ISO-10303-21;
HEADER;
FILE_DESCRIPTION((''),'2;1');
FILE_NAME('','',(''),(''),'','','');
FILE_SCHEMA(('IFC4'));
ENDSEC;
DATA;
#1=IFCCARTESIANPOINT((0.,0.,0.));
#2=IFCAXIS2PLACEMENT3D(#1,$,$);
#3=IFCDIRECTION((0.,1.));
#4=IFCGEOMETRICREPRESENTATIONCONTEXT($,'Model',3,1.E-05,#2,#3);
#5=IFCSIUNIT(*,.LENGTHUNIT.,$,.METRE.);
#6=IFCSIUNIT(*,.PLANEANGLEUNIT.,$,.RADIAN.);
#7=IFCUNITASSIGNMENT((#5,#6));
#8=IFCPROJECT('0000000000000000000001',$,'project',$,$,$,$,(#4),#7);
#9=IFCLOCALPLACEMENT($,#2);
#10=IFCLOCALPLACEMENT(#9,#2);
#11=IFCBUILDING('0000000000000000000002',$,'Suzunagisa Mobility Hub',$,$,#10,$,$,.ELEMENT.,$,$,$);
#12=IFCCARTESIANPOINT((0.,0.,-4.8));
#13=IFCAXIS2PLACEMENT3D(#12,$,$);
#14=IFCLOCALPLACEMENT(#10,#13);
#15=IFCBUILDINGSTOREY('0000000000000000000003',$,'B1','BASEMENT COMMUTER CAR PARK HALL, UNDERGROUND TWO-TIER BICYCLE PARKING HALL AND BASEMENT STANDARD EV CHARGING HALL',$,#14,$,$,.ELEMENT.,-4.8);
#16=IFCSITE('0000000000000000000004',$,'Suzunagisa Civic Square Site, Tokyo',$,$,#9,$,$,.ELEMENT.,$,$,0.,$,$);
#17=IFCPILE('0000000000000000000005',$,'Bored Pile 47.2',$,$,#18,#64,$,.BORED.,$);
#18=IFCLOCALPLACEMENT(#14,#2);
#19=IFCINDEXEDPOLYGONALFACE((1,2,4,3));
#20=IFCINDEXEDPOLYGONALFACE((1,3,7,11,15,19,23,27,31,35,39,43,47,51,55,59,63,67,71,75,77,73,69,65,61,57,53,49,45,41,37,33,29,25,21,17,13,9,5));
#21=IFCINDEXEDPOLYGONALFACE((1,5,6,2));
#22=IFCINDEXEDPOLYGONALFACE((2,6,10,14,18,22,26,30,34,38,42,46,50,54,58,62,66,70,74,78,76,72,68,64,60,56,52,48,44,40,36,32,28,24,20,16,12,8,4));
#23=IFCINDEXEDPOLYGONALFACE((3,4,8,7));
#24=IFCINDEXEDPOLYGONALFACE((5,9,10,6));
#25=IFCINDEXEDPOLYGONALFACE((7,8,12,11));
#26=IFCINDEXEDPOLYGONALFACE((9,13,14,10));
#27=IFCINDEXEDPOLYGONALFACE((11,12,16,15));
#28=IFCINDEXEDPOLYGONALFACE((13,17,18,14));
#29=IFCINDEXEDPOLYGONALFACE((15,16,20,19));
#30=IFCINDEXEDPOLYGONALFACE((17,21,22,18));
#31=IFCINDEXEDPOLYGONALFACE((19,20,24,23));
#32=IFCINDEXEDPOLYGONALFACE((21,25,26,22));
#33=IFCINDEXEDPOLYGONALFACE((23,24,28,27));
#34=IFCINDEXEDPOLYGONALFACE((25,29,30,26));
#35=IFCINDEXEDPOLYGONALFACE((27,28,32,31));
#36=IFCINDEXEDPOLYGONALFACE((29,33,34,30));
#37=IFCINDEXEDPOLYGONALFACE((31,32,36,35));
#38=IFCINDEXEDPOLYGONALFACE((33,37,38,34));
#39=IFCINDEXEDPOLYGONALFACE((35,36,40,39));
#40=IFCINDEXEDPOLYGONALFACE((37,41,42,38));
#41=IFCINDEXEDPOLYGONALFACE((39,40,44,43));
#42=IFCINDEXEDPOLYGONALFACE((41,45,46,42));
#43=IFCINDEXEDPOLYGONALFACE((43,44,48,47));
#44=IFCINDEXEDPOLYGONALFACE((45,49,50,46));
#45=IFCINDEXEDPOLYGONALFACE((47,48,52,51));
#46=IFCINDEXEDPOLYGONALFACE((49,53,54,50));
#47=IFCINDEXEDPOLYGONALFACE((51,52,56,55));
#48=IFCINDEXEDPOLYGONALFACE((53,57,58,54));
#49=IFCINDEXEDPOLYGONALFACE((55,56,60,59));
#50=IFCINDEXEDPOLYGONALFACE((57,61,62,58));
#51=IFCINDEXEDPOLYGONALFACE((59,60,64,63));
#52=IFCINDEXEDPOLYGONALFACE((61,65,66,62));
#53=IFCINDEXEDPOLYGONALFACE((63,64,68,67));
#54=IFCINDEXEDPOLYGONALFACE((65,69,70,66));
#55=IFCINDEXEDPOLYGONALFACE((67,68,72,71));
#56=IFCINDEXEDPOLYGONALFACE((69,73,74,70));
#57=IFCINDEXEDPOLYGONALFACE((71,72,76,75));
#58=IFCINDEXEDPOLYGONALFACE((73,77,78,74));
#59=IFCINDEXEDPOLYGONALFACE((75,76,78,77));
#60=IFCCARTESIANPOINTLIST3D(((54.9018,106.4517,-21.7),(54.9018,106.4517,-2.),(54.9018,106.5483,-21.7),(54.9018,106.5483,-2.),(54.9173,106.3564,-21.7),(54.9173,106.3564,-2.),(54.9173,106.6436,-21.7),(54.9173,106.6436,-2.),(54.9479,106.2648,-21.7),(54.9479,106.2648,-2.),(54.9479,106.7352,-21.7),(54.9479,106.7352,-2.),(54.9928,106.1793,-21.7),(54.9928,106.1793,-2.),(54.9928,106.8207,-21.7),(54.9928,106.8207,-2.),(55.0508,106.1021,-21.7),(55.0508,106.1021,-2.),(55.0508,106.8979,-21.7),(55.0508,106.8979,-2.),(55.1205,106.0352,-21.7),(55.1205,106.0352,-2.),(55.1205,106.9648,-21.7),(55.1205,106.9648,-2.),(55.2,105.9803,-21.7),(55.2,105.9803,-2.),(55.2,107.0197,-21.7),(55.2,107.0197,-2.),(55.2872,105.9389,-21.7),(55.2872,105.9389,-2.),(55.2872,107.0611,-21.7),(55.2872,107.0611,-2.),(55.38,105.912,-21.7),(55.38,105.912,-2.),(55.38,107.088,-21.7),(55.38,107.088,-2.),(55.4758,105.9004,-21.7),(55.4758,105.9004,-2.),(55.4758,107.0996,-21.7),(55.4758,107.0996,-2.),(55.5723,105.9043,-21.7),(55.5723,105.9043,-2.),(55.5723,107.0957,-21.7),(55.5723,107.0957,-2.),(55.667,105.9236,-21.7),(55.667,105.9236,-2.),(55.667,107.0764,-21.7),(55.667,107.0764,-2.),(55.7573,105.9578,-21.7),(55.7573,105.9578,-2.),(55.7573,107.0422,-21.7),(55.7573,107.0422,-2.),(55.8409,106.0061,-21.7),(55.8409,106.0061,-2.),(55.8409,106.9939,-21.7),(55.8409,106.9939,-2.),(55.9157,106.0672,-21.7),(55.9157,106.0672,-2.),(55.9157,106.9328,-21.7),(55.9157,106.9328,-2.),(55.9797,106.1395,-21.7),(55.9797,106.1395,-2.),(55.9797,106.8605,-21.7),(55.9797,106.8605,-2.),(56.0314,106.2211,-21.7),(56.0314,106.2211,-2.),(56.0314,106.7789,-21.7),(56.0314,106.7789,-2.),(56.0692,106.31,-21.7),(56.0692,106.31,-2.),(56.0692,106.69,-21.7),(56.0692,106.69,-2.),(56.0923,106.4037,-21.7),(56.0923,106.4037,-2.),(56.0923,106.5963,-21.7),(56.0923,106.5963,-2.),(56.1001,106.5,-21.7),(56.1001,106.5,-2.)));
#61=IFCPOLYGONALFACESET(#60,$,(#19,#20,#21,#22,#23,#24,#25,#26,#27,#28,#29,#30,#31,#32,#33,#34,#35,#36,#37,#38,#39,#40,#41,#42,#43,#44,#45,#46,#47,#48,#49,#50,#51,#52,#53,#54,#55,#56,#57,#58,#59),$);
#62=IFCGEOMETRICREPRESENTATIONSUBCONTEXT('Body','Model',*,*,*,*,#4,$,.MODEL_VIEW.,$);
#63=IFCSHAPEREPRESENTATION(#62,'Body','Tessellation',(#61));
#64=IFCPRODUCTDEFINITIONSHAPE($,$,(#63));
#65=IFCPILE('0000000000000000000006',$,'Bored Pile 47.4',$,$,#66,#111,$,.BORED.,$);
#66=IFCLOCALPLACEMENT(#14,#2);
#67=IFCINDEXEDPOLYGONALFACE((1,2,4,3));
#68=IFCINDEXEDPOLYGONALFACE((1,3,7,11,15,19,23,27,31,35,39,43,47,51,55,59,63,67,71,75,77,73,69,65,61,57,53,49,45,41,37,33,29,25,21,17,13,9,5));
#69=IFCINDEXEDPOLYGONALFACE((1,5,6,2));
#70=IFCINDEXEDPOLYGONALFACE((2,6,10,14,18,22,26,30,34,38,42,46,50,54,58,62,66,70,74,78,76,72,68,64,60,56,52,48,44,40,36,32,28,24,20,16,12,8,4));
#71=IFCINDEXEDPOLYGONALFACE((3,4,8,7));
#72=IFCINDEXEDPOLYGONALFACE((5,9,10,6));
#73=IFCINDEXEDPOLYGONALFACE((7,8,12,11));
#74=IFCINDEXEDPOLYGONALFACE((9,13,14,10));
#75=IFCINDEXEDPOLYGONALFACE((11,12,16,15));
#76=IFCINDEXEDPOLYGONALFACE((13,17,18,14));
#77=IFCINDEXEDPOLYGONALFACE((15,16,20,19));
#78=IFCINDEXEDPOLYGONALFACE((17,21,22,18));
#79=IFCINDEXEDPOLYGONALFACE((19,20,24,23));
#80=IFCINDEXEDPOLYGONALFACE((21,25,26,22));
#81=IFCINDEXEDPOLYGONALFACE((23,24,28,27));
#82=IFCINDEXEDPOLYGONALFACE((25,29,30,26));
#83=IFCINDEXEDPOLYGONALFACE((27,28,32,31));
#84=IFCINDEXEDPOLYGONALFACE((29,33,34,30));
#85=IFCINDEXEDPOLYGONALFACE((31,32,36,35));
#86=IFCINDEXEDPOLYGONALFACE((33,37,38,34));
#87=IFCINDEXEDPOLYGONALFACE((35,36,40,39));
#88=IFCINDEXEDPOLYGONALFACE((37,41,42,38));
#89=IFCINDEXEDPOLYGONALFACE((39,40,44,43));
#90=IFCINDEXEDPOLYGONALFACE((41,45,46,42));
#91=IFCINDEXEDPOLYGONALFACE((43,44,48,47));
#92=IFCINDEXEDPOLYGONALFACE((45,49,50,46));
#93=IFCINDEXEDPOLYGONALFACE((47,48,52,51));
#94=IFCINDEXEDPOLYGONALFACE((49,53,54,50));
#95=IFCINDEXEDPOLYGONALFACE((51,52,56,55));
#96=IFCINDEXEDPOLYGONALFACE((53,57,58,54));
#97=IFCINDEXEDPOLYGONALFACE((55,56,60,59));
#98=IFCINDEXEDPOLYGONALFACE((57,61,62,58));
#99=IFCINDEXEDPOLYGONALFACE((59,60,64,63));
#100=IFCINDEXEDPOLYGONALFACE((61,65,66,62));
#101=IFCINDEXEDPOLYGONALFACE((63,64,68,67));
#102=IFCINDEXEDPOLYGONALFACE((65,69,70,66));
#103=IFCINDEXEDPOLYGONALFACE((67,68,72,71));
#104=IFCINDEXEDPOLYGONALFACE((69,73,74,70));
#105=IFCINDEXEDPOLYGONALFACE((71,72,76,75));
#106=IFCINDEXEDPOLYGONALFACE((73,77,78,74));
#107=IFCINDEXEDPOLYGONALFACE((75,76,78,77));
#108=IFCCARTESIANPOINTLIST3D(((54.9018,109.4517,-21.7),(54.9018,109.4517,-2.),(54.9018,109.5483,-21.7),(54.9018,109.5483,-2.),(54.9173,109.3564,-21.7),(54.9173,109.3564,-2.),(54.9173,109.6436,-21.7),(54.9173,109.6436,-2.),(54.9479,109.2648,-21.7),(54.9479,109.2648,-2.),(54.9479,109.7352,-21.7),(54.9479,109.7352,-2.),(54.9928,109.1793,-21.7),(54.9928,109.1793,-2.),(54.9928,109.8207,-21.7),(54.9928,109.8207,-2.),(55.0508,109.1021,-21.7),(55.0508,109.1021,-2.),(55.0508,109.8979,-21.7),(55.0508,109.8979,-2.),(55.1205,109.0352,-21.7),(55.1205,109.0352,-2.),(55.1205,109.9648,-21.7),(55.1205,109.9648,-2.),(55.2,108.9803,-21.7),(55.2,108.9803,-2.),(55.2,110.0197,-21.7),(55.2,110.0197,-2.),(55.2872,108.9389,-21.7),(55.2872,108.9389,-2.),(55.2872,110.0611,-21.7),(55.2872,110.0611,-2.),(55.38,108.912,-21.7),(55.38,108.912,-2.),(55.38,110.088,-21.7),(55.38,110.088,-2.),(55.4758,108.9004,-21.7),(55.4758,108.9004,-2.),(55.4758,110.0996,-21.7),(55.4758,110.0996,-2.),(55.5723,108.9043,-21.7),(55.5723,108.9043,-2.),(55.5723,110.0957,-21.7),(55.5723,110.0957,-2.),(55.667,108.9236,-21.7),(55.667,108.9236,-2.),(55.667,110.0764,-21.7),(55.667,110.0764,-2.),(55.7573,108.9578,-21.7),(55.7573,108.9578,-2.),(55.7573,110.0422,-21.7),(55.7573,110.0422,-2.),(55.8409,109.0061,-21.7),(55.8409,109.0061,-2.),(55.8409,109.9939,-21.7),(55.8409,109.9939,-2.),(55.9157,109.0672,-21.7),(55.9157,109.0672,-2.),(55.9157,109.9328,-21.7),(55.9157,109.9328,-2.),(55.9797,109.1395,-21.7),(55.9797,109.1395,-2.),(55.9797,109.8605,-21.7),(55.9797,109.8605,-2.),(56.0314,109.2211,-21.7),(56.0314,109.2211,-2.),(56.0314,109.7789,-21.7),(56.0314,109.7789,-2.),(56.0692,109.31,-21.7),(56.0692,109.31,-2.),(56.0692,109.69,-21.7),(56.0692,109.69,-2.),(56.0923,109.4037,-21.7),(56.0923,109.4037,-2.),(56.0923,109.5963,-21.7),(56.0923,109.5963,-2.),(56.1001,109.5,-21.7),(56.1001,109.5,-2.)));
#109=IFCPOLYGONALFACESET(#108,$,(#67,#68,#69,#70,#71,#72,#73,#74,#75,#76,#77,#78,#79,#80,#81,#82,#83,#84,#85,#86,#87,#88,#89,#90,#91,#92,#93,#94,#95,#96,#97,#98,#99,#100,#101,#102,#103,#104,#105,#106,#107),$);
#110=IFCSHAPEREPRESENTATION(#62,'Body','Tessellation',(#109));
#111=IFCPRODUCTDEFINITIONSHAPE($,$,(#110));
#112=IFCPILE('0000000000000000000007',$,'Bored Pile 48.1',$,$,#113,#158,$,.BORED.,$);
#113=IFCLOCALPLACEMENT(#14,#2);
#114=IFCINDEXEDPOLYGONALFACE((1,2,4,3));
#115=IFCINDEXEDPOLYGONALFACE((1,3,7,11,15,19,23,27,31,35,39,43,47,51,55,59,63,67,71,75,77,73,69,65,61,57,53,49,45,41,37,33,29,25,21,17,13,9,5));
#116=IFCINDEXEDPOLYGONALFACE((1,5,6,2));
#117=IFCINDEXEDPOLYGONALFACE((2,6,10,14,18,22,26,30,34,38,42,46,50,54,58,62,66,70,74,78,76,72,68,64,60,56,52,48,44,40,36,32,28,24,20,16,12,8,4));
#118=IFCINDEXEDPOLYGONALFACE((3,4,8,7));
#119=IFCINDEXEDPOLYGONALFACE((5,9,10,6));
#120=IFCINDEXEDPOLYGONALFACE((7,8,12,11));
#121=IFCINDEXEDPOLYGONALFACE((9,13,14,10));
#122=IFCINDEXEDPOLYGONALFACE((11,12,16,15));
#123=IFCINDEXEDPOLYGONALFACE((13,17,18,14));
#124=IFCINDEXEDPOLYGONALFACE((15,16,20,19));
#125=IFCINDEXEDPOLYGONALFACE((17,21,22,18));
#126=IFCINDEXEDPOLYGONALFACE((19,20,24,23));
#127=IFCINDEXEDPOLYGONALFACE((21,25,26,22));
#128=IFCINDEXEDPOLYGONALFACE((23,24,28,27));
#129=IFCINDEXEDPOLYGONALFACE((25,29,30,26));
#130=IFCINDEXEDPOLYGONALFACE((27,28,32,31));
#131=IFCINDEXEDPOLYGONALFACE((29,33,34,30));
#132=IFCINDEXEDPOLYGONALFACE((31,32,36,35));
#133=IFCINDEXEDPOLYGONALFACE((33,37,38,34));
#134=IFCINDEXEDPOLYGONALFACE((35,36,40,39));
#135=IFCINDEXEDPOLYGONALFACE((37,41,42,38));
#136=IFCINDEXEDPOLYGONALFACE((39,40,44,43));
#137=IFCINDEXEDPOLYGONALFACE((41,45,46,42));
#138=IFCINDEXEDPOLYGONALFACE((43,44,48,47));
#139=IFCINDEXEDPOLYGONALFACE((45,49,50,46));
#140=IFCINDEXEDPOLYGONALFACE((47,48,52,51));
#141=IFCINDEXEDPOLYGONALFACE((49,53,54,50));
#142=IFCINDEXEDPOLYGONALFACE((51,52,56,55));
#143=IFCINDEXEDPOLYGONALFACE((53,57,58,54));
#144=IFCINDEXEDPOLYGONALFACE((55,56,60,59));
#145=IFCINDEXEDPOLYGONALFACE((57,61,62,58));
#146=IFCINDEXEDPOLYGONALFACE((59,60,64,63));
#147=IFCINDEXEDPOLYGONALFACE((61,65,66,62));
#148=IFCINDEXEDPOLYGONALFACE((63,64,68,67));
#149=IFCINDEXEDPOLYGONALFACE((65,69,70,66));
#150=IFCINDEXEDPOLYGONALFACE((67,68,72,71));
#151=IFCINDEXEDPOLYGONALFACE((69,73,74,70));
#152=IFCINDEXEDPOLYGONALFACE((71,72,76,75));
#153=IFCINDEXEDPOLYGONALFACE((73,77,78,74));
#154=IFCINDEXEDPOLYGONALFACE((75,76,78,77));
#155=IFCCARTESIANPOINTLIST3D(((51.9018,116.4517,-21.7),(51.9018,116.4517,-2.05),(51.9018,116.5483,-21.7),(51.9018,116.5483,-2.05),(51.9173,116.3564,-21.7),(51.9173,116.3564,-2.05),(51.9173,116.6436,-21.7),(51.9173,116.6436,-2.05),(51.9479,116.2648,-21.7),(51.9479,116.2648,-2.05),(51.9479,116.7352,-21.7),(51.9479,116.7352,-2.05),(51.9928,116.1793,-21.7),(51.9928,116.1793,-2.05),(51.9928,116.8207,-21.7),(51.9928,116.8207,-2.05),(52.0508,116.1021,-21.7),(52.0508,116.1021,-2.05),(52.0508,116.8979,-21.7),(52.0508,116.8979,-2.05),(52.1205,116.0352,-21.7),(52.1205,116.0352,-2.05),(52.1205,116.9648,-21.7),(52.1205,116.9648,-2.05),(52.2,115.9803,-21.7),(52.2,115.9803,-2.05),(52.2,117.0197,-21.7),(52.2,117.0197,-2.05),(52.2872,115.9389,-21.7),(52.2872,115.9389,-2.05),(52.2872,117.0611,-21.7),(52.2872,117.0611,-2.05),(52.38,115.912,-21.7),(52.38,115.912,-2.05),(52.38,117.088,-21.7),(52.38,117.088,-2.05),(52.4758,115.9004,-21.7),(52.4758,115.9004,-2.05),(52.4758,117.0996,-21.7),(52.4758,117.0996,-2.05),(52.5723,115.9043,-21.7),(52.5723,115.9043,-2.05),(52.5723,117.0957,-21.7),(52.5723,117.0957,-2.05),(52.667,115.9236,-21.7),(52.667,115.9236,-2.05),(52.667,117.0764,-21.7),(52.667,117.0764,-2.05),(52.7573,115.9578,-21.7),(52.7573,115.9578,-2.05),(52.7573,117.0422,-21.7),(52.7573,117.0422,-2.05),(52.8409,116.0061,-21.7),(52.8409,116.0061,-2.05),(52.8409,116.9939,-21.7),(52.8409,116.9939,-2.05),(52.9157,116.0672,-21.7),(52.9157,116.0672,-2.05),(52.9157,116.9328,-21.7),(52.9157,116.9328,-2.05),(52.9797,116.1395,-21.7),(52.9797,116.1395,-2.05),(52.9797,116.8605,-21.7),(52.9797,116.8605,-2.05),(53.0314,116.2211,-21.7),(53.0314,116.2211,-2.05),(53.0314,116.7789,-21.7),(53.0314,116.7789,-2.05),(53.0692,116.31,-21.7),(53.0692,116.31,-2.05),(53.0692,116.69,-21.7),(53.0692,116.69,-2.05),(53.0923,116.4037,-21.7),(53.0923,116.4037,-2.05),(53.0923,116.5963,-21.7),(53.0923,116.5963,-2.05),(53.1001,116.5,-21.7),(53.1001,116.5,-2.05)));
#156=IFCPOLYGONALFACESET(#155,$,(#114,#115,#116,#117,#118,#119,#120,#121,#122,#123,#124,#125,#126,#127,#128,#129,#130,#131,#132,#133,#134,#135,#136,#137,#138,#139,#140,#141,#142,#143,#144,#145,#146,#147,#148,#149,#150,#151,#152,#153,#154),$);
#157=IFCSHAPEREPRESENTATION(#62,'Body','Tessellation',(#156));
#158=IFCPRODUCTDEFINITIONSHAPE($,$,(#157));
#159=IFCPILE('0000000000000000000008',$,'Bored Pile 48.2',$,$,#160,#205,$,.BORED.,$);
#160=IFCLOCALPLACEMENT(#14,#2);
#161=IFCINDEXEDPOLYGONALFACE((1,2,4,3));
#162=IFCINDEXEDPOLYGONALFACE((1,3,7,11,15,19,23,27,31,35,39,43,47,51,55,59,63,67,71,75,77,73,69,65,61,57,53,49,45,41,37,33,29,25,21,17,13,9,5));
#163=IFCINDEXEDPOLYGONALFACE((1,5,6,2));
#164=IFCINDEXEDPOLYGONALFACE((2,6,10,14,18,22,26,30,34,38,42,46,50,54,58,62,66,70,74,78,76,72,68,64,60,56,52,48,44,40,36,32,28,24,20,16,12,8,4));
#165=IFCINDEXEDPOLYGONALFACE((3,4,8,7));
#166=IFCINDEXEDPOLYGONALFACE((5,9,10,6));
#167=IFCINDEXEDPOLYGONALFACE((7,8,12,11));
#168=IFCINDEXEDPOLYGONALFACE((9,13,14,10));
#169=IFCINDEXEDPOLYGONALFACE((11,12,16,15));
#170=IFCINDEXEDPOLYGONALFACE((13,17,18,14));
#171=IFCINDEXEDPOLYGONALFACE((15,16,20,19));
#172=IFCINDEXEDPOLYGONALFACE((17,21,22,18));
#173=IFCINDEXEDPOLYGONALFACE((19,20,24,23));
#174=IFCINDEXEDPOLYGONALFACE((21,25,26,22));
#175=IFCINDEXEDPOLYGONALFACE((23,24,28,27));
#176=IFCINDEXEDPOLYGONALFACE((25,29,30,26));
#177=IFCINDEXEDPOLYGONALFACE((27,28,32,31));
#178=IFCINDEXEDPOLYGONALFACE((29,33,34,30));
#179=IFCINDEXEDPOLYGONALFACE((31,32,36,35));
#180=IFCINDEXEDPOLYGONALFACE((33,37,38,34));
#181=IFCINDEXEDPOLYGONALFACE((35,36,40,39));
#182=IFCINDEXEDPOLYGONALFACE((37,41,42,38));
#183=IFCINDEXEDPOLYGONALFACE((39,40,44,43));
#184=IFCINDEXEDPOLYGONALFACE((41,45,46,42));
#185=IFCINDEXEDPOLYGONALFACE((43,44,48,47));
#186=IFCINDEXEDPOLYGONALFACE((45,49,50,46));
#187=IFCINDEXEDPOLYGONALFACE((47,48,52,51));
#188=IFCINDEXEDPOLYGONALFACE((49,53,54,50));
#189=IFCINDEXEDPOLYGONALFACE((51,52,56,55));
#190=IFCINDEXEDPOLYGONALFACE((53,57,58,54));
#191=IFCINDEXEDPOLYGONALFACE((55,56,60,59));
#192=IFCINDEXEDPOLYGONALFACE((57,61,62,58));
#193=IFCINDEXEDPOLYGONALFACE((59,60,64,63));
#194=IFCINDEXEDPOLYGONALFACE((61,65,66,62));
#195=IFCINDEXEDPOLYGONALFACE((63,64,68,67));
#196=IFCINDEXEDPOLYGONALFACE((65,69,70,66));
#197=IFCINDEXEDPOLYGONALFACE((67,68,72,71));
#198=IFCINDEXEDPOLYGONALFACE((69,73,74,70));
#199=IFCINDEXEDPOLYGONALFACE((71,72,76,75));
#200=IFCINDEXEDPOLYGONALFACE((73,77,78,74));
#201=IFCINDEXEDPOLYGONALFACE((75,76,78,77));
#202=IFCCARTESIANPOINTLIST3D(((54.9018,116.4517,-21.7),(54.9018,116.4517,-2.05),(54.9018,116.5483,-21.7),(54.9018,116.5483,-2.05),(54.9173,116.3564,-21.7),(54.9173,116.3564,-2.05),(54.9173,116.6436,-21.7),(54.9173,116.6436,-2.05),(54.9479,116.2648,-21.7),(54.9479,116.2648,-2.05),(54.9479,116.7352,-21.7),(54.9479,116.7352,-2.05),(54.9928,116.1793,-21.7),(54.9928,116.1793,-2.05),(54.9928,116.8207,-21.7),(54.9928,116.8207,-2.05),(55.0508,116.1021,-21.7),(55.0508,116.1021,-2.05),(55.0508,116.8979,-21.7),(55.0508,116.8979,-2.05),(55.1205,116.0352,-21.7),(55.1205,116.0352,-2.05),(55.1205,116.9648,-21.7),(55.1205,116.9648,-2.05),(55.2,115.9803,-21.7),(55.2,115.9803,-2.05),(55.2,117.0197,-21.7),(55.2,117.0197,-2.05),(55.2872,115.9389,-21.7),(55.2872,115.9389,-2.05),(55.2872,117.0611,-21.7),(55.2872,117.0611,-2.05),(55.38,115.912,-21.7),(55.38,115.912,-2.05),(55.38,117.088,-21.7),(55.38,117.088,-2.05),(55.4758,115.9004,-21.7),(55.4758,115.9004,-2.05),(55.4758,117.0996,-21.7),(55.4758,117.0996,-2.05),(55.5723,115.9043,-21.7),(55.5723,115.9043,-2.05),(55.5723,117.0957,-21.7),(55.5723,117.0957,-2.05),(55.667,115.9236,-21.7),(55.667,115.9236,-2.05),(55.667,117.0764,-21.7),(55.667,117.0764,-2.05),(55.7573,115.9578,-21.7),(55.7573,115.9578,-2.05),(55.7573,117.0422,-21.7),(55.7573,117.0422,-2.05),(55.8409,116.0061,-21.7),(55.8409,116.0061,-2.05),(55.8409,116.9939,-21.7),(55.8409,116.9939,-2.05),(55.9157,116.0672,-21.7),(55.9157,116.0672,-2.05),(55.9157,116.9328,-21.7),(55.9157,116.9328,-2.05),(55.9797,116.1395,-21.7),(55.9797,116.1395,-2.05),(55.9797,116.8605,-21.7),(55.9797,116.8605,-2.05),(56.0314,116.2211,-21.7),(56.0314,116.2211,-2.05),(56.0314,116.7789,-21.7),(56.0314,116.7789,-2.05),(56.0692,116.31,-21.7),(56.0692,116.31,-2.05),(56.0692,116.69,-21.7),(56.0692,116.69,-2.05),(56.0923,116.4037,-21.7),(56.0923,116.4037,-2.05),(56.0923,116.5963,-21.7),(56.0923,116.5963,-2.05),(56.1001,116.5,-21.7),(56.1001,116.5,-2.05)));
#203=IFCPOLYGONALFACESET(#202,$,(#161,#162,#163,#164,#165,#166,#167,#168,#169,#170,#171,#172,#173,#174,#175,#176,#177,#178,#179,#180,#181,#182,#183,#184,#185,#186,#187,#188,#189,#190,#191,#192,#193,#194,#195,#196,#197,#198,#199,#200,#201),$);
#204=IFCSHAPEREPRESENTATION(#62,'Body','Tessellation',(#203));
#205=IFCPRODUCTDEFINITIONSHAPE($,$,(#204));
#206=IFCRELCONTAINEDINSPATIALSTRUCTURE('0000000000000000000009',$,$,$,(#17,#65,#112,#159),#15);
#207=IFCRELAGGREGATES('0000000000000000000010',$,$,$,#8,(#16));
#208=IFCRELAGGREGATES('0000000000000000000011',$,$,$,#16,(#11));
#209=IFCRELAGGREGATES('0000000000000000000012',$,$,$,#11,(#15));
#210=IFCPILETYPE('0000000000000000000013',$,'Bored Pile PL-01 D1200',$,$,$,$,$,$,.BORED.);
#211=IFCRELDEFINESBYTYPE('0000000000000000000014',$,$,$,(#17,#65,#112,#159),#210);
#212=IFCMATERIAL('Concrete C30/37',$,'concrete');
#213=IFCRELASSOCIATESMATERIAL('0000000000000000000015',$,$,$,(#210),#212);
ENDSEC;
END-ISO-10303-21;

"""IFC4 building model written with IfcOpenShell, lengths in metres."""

from ifc_helpers import new_model, si_unit, direction, frame, origin, origin_2d, place, context, subcontext, project, spatial, circle, extrude, material, material_profile, profile_set, type_object, element, save


model = new_model("IFC4")

# Units and contexts
model_context = context("Model", 3, precision=1e-05, world=origin(), true_north=direction((0.0, 1.0)))
body_context = subcontext(model_context, "Body", "Model", "MODEL_VIEW")
ifc_project = project(units=[si_unit("LENGTHUNIT", "METRE"), si_unit("PLANEANGLEUNIT", "RADIAN")], contexts=[model_context])

# Site, building, storey
site_placement = place(None, origin())
site = spatial("IfcSite", under=ifc_project, at=site_placement, Name="Suzunagisa Civic Square Site, Tokyo", CompositionType="ELEMENT", RefElevation=0.0)
building_placement = place(site_placement, origin())
building = spatial("IfcBuilding", under=site, at=building_placement, Name="Suzunagisa Mobility Hub", CompositionType="ELEMENT")
storey_placement = place(building_placement, frame((0.0, 0.0, -4.8)))
storey = spatial("IfcBuildingStorey", under=building, at=storey_placement, Name="B1", Description="BASEMENT COMMUTER CAR PARK HALL, UNDERGROUND TWO-TIER BICYCLE PARKING HALL AND BASEMENT STANDARD EV CHARGING HALL", CompositionType="ELEMENT", Elevation=-4.8)

# Piles
ifc_material_1 = material(Name="Concrete C30/37", Category="concrete")
ifc_material_profile_1 = material_profile(ifc_material_1, circle(Radius=0.6001, at=origin_2d()), Name="BORED PILE D1200")
ifc_profile_set_1 = profile_set([ifc_material_profile_1], Name="Concrete C30/37")
pile_type = type_object("IfcPileType", Name="Bored Pile PL-01 D1200", PredefinedType="BORED", material=ifc_profile_set_1)
for number, where, z_axis, x_axis, name in (
    (1, (55.5, 106.5, -2.0), (0.0, 0.0, -1.0), (1.0, 0.0, 0.0), "Bored Pile 47.2"),
    (2, (55.5, 109.5, -2.0), (0.0, 0.0, -1.0), (1.0, 0.0, 0.0), "Bored Pile 47.4"),
):
    element("IfcPile", number, at=place(storey_placement, frame(where, z_axis=z_axis, x_axis=x_axis)), inside=storey, type_object=pile_type, Name=name, PredefinedType="BORED", context=body_context, shape_type="SweptSolid", body=[
        extrude(circle(Radius=0.6001, at=origin_2d()), origin(), (0.0, 0.0, 1.0), 19.7),
    ])
for number, where, z_axis, x_axis, name in (
    (3, (52.5, 116.5, -2.05), (0.0, 0.0, -1.0), (1.0, 0.0, 0.0), "Bored Pile 48.1"),
    (4, (55.5, 116.5, -2.05), (0.0, 0.0, -1.0), (1.0, 0.0, 0.0), "Bored Pile 48.2"),
):
    element("IfcPile", number, at=place(storey_placement, frame(where, z_axis=z_axis, x_axis=x_axis)), inside=storey, type_object=pile_type, Name=name, PredefinedType="BORED", context=body_context, shape_type="SweptSolid", body=[
        extrude(circle(Radius=0.6001, at=origin_2d()), origin(), (0.0, 0.0, 1.0), 19.6499),
    ])

save(model, "model.ifc")
